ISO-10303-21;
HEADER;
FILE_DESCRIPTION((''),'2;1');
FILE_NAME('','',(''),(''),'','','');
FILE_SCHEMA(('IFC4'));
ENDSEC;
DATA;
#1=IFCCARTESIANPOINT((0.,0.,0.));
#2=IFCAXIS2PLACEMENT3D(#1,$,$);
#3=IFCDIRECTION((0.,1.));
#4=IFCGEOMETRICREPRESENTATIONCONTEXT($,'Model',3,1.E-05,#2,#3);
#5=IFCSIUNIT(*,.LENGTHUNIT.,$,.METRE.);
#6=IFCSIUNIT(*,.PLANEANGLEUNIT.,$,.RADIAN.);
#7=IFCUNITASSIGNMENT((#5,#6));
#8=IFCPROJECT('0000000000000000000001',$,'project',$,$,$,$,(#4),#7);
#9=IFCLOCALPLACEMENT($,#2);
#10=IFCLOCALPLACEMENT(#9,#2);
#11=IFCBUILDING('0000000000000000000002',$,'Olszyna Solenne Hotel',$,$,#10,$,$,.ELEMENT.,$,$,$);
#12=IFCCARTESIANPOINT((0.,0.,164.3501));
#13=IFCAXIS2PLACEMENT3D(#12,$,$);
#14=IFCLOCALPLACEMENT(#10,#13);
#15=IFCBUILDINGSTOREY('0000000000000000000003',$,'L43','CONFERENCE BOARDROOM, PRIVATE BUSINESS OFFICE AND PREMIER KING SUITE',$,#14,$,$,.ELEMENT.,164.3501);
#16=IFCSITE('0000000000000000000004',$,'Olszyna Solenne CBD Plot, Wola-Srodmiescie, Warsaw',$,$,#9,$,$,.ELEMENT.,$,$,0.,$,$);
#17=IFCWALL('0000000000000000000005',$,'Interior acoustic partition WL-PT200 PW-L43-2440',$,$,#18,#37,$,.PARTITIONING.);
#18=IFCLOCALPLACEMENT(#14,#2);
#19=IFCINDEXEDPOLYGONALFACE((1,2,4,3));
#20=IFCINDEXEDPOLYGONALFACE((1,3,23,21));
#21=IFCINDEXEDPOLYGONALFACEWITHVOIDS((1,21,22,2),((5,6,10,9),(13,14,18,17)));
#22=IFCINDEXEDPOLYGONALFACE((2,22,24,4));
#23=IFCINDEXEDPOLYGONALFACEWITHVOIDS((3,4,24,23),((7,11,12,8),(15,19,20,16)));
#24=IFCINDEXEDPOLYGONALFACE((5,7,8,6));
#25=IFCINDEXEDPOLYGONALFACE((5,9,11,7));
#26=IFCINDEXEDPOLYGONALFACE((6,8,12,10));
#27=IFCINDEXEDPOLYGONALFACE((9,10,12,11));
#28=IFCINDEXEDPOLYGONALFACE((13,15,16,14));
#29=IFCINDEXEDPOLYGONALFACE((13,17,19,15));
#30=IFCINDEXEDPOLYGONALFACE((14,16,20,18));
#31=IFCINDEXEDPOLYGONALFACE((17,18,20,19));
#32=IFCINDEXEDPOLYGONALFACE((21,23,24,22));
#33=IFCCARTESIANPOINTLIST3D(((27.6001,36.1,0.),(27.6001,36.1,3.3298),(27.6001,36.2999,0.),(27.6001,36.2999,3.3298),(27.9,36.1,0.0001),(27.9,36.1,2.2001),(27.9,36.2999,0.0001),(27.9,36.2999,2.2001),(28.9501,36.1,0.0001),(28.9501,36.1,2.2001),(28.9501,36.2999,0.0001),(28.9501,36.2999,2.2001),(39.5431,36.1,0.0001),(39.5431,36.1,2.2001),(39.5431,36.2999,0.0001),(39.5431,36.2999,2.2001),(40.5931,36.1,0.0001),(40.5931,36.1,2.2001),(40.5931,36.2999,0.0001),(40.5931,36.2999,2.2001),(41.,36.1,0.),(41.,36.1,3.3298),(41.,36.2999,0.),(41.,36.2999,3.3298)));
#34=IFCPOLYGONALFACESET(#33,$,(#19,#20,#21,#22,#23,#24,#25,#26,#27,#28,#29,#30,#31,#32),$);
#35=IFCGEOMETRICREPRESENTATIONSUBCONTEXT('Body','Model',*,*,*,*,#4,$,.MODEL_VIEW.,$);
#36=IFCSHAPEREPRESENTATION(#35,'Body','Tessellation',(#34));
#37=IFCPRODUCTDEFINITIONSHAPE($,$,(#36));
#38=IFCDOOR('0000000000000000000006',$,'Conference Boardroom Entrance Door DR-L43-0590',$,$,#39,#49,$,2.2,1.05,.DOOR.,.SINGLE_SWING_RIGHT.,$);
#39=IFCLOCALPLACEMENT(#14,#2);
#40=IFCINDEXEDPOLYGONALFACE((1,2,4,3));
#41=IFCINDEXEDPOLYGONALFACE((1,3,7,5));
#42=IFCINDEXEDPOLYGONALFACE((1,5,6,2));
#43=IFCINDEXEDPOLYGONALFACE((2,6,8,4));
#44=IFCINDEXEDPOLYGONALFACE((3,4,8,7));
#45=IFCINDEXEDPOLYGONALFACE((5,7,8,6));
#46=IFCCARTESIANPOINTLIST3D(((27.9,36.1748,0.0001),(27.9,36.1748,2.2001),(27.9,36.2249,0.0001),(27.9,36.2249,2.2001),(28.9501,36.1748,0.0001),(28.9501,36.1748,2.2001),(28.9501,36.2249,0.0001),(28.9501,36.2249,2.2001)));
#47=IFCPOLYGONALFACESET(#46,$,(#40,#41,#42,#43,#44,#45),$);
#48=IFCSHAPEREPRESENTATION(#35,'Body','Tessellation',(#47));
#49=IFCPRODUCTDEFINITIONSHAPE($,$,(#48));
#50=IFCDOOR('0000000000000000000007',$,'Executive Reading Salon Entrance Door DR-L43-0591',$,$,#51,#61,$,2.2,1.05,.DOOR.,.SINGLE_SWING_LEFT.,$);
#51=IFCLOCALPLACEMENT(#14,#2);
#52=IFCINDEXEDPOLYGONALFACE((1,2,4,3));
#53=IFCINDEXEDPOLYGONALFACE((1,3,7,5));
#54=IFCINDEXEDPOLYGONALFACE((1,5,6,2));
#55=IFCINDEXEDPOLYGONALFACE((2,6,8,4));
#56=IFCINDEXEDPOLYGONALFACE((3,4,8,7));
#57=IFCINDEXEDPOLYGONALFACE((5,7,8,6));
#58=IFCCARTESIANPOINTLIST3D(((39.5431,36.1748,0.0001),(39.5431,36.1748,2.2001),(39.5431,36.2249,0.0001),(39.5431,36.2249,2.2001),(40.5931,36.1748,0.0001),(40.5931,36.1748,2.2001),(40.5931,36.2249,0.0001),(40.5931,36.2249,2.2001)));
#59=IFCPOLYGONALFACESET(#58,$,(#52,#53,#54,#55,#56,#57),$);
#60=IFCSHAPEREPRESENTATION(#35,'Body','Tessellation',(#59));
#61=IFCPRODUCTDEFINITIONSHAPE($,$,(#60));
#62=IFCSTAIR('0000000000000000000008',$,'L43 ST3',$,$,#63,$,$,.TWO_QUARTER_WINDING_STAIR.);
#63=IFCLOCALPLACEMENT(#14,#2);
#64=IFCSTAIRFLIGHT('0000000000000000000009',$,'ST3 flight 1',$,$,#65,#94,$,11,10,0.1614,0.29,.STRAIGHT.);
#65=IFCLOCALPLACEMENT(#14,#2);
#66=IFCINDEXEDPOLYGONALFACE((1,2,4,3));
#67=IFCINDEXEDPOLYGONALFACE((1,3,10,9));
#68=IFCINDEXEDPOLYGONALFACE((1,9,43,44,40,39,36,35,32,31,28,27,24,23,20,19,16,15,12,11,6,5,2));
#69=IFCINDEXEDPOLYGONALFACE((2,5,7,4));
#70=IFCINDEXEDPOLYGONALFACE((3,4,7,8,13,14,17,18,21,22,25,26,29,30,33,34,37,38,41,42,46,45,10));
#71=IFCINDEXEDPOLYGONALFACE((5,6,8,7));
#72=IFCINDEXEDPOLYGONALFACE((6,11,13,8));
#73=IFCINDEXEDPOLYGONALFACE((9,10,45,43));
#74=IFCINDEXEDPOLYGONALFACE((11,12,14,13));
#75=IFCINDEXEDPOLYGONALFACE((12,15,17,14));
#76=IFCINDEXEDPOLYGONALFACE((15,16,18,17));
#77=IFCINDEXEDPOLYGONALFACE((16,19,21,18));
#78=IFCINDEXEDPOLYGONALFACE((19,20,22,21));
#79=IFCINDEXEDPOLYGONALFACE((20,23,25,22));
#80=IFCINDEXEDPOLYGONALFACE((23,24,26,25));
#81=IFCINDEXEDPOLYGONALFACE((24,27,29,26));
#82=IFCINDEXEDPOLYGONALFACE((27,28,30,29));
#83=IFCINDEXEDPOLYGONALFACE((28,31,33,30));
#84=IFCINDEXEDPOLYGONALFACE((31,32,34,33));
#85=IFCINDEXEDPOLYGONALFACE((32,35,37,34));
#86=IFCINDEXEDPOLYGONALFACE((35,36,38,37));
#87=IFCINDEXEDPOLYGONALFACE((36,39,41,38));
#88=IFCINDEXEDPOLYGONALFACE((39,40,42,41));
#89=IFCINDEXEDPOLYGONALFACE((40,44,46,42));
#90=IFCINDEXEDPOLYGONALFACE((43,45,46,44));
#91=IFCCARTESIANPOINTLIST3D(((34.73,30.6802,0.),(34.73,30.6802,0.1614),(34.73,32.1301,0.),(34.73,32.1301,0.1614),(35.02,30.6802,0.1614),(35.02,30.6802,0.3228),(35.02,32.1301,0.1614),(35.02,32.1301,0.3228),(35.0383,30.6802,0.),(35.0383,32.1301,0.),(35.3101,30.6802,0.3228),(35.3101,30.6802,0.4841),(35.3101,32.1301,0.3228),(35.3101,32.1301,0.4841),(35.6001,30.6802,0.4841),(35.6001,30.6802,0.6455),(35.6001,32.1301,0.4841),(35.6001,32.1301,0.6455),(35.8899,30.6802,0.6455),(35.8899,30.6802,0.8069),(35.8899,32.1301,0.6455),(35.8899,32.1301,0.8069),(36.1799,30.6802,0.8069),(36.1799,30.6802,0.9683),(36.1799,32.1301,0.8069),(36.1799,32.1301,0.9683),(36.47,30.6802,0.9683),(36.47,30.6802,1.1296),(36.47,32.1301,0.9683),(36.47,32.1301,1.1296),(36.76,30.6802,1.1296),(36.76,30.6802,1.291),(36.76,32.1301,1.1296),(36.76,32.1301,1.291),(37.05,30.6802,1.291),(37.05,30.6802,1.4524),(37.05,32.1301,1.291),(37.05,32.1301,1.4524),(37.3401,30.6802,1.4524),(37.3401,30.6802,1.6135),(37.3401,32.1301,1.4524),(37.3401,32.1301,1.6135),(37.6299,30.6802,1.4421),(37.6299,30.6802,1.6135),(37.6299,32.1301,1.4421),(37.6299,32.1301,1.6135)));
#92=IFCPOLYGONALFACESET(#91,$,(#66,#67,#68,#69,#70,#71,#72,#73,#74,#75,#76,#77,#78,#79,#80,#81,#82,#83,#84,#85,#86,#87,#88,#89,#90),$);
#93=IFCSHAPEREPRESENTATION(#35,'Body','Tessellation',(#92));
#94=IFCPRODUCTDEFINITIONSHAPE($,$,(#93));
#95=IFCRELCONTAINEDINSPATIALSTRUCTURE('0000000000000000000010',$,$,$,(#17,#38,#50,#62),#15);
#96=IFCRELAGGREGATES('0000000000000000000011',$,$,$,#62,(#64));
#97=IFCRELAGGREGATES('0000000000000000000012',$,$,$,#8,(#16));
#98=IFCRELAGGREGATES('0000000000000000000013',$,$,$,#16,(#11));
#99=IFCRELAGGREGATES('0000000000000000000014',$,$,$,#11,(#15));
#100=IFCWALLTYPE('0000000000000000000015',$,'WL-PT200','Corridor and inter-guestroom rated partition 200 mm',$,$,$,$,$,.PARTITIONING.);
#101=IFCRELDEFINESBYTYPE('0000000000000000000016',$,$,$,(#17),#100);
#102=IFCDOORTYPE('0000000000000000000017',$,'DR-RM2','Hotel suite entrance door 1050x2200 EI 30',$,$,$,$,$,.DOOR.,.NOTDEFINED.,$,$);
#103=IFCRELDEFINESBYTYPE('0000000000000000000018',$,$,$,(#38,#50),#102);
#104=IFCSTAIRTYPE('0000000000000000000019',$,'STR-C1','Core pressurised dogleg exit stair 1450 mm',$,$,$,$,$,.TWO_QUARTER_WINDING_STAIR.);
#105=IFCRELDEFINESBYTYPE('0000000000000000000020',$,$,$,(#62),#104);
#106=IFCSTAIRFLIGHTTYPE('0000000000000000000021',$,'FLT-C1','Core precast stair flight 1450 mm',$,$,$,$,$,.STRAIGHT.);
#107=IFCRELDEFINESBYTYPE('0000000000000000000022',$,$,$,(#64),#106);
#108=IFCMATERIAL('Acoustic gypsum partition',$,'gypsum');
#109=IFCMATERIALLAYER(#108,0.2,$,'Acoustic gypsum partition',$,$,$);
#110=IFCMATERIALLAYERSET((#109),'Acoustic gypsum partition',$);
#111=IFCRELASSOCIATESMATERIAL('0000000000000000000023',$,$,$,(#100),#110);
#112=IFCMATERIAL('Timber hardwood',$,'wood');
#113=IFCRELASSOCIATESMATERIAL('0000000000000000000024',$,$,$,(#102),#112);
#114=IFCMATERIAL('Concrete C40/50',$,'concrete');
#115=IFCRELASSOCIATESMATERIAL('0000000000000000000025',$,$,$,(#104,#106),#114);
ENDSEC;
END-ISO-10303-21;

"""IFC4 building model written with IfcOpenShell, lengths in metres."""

from ifc_helpers import new_model, si_unit, direction, frame, frame_2d, origin, place, context, subcontext, project, spatial, polyline, rectangle, outline, extrude, source, transform, mapped, material, layer, layer_set, type_object, type_shapes, element, fill, aggregate, save


model = new_model("IFC4")

# Units and contexts
model_context = context("Model", 3, precision=1e-05, world=origin(), true_north=direction((0.0, 1.0)))
body_context = subcontext(model_context, "Body", "Model", "MODEL_VIEW")
ifc_project = project(units=[si_unit("LENGTHUNIT", "METRE"), si_unit("PLANEANGLEUNIT", "RADIAN")], contexts=[model_context])

# Site, building, storey
site_placement = place(None, origin())
site = spatial("IfcSite", under=ifc_project, at=site_placement, Name="Olszyna Solenne CBD Plot, Wola-Srodmiescie, Warsaw", CompositionType="ELEMENT", RefElevation=0.0)
building_placement = place(site_placement, origin())
building = spatial("IfcBuilding", under=site, at=building_placement, Name="Olszyna Solenne Hotel", CompositionType="ELEMENT")
storey_placement = place(building_placement, frame((0.0, 0.0, 164.3501)))
storey = spatial("IfcBuildingStorey", under=building, at=storey_placement, Name="L43", Description="CONFERENCE BOARDROOM, PRIVATE BUSINESS OFFICE AND PREMIER KING SUITE", CompositionType="ELEMENT", Elevation=164.3501)

# Shared definitions
ifc_material_1 = material(Name="Acoustic gypsum partition", Category="gypsum")

# Wall, openings, doors
ifc_layer_1 = layer(ifc_material_1, 0.2, Name="Acoustic gypsum partition")
ifc_layer_set_1 = layer_set([ifc_layer_1], Name="Acoustic gypsum partition")
wall_type_1 = type_object("IfcWallType", Name="WL-PT200", Description="Corridor and inter-guestroom rated partition 200 mm", PredefinedType="PARTITIONING", material=ifc_layer_set_1)
wall_1_placement = place(storey_placement, frame((27.6001, 36.2, 0.0), z_axis=(0.0, 0.0, 1.0), x_axis=(1.0, 0.0, 0.0)))
wall_1 = element("IfcWall", 1, at=wall_1_placement, inside=storey, type_object=wall_type_1, Name="Interior acoustic partition WL-PT200 PW-L43-2440", PredefinedType="PARTITIONING", context=body_context, shape_type="SweptSolid", body=[
    extrude(rectangle(XDim=13.3999, YDim=0.2, at=frame_2d((6.7, 0.0))), origin(), (0.0, 0.0, 1.0), 3.3298),
])
opening_1_placement = place(wall_1_placement, frame((0.3, 0.0, 0.0)))
opening_1 = element("IfcOpeningElement", 2, at=opening_1_placement, cuts=wall_1, PredefinedType="OPENING", context=body_context, shape_type="SweptSolid", body=[
    extrude(rectangle(XDim=1.05, YDim=2.2, at=frame_2d((0.5249, 1.1001))), frame((0.0, 0.1099, 0.0), z_axis=(0.0, -1.0, 0.0), x_axis=(1.0, 0.0, 0.0)), (0.0, 0.0, 1.0), 0.22),
])
opening_2_placement = place(wall_1_placement, frame((11.9431, 0.0, 0.0)))
opening_2 = element("IfcOpeningElement", 3, at=opening_2_placement, cuts=wall_1, PredefinedType="OPENING", context=body_context, shape_type="SweptSolid", body=[
    extrude(rectangle(XDim=1.05, YDim=2.2, at=frame_2d((0.5249, 1.1001))), frame((0.0, 0.1099, 0.0), z_axis=(0.0, -1.0, 0.0), x_axis=(1.0, 0.0, 0.0)), (0.0, 0.0, 1.0), 0.22),
])
ifc_material_2 = material(Name="Timber hardwood", Category="wood")
door_type_1 = type_object("IfcDoorType", Name="DR-RM2", Description="Hotel suite entrance door 1050x2200 EI 30", OperationType="NOTDEFINED", PredefinedType="DOOR", material=ifc_material_2)
shared_shape_1 = source(origin(), body_context, "Body", "SweptSolid", [
    extrude(rectangle(XDim=1.05, YDim=2.2, at=frame_2d((0.5249, 1.1001))), frame((0.0, 0.0249, 0.0), z_axis=(0.0, -1.0, 0.0), x_axis=(1.0, 0.0, 0.0)), (0.0, 0.0, 1.0), 0.05),
])
type_shapes(door_type_1, [shared_shape_1])
door_1_placement = place(opening_1_placement, origin())
door_1 = element("IfcDoor", 4, at=door_1_placement, inside=storey, type_object=door_type_1, Name="Conference Boardroom Entrance Door DR-L43-0590", OperationType="SINGLE_SWING_RIGHT", OverallHeight=2.2, OverallWidth=1.05, PredefinedType="DOOR", context=body_context, shape_type="MappedRepresentation", body=[
    mapped(shared_shape_1, transform((0.0, 0.0, 0.0), x_axis=(1.0, 0.0, 0.0), y_axis=(0.0, 1.0, 0.0), z_axis=(0.0, 0.0, 1.0), scale=1.0)),
])
fill(opening_1, door_1)
door_2_placement = place(opening_2_placement, origin())
door_2 = element("IfcDoor", 5, at=door_2_placement, inside=storey, type_object=door_type_1, Name="Executive Reading Salon Entrance Door DR-L43-0591", OperationType="SINGLE_SWING_LEFT", OverallHeight=2.2, OverallWidth=1.05, PredefinedType="DOOR", context=body_context, shape_type="MappedRepresentation", body=[
    mapped(shared_shape_1, transform((0.0, 0.0, 0.0), x_axis=(1.0, 0.0, 0.0), y_axis=(0.0, 1.0, 0.0), z_axis=(0.0, 0.0, 1.0), scale=1.0)),
])
fill(opening_2, door_2)

# Stair, stair flight
ifc_material_3 = material(Name="Concrete C40/50", Category="concrete")
stair_type = type_object("IfcStairType", Name="STR-C1", Description="Core pressurised dogleg exit stair 1450 mm", PredefinedType="TWO_QUARTER_WINDING_STAIR", material=ifc_material_3)
stair_placement = place(storey_placement, origin())
stair = element("IfcStair", 6, at=stair_placement, inside=storey, type_object=stair_type, Name="L43 ST3", PredefinedType="TWO_QUARTER_WINDING_STAIR")
stair_flight_type = type_object("IfcStairFlightType", Name="FLT-C1", Description="Core precast stair flight 1450 mm", PredefinedType="STRAIGHT", material=ifc_material_3)
stair_flight_placement = place(storey_placement, frame((34.73, 31.405, 0.0), z_axis=(0.0, 0.0, 1.0), x_axis=(1.0, 0.0, 0.0)))
stair_flight = element("IfcStairFlight", 7, at=stair_flight_placement, type_object=stair_flight_type, Name="ST3 flight 1", NumberOfRisers=11, NumberOfTreads=10, PredefinedType="STRAIGHT", RiserHeight=0.1614, TreadLength=0.29, context=body_context, shape_type="SweptSolid", body=[
    extrude(outline(polyline([(0.0, 0.0), (0.0, 0.1614), (0.29, 0.1614), (0.29, 0.3228), (0.5801, 0.3228), (0.5801, 0.4841), (0.8701, 0.4841), (0.8701, 0.6455), (1.1599, 0.6455), (1.1599, 0.8069), (1.45, 0.8069), (1.45, 0.9683), (1.74, 0.9683), (1.74, 1.1296), (2.03, 1.1296), (2.03, 1.291), (2.3201, 1.291), (2.3201, 1.4524), (2.6101, 1.4524), (2.6101, 1.6135), (2.8999, 1.6135), (2.8999, 1.7749), (2.8999, 1.4421), (0.3083, 0.0), (0.0, 0.0)])), frame((0.0, 0.7251, 0.0), z_axis=(0.0, -1.0, 0.0), x_axis=(1.0, 0.0, 0.0)), (0.0, 0.0, 1.0), 1.45),
])
aggregate(stair, [stair_flight])

save(model, "model.ifc")
